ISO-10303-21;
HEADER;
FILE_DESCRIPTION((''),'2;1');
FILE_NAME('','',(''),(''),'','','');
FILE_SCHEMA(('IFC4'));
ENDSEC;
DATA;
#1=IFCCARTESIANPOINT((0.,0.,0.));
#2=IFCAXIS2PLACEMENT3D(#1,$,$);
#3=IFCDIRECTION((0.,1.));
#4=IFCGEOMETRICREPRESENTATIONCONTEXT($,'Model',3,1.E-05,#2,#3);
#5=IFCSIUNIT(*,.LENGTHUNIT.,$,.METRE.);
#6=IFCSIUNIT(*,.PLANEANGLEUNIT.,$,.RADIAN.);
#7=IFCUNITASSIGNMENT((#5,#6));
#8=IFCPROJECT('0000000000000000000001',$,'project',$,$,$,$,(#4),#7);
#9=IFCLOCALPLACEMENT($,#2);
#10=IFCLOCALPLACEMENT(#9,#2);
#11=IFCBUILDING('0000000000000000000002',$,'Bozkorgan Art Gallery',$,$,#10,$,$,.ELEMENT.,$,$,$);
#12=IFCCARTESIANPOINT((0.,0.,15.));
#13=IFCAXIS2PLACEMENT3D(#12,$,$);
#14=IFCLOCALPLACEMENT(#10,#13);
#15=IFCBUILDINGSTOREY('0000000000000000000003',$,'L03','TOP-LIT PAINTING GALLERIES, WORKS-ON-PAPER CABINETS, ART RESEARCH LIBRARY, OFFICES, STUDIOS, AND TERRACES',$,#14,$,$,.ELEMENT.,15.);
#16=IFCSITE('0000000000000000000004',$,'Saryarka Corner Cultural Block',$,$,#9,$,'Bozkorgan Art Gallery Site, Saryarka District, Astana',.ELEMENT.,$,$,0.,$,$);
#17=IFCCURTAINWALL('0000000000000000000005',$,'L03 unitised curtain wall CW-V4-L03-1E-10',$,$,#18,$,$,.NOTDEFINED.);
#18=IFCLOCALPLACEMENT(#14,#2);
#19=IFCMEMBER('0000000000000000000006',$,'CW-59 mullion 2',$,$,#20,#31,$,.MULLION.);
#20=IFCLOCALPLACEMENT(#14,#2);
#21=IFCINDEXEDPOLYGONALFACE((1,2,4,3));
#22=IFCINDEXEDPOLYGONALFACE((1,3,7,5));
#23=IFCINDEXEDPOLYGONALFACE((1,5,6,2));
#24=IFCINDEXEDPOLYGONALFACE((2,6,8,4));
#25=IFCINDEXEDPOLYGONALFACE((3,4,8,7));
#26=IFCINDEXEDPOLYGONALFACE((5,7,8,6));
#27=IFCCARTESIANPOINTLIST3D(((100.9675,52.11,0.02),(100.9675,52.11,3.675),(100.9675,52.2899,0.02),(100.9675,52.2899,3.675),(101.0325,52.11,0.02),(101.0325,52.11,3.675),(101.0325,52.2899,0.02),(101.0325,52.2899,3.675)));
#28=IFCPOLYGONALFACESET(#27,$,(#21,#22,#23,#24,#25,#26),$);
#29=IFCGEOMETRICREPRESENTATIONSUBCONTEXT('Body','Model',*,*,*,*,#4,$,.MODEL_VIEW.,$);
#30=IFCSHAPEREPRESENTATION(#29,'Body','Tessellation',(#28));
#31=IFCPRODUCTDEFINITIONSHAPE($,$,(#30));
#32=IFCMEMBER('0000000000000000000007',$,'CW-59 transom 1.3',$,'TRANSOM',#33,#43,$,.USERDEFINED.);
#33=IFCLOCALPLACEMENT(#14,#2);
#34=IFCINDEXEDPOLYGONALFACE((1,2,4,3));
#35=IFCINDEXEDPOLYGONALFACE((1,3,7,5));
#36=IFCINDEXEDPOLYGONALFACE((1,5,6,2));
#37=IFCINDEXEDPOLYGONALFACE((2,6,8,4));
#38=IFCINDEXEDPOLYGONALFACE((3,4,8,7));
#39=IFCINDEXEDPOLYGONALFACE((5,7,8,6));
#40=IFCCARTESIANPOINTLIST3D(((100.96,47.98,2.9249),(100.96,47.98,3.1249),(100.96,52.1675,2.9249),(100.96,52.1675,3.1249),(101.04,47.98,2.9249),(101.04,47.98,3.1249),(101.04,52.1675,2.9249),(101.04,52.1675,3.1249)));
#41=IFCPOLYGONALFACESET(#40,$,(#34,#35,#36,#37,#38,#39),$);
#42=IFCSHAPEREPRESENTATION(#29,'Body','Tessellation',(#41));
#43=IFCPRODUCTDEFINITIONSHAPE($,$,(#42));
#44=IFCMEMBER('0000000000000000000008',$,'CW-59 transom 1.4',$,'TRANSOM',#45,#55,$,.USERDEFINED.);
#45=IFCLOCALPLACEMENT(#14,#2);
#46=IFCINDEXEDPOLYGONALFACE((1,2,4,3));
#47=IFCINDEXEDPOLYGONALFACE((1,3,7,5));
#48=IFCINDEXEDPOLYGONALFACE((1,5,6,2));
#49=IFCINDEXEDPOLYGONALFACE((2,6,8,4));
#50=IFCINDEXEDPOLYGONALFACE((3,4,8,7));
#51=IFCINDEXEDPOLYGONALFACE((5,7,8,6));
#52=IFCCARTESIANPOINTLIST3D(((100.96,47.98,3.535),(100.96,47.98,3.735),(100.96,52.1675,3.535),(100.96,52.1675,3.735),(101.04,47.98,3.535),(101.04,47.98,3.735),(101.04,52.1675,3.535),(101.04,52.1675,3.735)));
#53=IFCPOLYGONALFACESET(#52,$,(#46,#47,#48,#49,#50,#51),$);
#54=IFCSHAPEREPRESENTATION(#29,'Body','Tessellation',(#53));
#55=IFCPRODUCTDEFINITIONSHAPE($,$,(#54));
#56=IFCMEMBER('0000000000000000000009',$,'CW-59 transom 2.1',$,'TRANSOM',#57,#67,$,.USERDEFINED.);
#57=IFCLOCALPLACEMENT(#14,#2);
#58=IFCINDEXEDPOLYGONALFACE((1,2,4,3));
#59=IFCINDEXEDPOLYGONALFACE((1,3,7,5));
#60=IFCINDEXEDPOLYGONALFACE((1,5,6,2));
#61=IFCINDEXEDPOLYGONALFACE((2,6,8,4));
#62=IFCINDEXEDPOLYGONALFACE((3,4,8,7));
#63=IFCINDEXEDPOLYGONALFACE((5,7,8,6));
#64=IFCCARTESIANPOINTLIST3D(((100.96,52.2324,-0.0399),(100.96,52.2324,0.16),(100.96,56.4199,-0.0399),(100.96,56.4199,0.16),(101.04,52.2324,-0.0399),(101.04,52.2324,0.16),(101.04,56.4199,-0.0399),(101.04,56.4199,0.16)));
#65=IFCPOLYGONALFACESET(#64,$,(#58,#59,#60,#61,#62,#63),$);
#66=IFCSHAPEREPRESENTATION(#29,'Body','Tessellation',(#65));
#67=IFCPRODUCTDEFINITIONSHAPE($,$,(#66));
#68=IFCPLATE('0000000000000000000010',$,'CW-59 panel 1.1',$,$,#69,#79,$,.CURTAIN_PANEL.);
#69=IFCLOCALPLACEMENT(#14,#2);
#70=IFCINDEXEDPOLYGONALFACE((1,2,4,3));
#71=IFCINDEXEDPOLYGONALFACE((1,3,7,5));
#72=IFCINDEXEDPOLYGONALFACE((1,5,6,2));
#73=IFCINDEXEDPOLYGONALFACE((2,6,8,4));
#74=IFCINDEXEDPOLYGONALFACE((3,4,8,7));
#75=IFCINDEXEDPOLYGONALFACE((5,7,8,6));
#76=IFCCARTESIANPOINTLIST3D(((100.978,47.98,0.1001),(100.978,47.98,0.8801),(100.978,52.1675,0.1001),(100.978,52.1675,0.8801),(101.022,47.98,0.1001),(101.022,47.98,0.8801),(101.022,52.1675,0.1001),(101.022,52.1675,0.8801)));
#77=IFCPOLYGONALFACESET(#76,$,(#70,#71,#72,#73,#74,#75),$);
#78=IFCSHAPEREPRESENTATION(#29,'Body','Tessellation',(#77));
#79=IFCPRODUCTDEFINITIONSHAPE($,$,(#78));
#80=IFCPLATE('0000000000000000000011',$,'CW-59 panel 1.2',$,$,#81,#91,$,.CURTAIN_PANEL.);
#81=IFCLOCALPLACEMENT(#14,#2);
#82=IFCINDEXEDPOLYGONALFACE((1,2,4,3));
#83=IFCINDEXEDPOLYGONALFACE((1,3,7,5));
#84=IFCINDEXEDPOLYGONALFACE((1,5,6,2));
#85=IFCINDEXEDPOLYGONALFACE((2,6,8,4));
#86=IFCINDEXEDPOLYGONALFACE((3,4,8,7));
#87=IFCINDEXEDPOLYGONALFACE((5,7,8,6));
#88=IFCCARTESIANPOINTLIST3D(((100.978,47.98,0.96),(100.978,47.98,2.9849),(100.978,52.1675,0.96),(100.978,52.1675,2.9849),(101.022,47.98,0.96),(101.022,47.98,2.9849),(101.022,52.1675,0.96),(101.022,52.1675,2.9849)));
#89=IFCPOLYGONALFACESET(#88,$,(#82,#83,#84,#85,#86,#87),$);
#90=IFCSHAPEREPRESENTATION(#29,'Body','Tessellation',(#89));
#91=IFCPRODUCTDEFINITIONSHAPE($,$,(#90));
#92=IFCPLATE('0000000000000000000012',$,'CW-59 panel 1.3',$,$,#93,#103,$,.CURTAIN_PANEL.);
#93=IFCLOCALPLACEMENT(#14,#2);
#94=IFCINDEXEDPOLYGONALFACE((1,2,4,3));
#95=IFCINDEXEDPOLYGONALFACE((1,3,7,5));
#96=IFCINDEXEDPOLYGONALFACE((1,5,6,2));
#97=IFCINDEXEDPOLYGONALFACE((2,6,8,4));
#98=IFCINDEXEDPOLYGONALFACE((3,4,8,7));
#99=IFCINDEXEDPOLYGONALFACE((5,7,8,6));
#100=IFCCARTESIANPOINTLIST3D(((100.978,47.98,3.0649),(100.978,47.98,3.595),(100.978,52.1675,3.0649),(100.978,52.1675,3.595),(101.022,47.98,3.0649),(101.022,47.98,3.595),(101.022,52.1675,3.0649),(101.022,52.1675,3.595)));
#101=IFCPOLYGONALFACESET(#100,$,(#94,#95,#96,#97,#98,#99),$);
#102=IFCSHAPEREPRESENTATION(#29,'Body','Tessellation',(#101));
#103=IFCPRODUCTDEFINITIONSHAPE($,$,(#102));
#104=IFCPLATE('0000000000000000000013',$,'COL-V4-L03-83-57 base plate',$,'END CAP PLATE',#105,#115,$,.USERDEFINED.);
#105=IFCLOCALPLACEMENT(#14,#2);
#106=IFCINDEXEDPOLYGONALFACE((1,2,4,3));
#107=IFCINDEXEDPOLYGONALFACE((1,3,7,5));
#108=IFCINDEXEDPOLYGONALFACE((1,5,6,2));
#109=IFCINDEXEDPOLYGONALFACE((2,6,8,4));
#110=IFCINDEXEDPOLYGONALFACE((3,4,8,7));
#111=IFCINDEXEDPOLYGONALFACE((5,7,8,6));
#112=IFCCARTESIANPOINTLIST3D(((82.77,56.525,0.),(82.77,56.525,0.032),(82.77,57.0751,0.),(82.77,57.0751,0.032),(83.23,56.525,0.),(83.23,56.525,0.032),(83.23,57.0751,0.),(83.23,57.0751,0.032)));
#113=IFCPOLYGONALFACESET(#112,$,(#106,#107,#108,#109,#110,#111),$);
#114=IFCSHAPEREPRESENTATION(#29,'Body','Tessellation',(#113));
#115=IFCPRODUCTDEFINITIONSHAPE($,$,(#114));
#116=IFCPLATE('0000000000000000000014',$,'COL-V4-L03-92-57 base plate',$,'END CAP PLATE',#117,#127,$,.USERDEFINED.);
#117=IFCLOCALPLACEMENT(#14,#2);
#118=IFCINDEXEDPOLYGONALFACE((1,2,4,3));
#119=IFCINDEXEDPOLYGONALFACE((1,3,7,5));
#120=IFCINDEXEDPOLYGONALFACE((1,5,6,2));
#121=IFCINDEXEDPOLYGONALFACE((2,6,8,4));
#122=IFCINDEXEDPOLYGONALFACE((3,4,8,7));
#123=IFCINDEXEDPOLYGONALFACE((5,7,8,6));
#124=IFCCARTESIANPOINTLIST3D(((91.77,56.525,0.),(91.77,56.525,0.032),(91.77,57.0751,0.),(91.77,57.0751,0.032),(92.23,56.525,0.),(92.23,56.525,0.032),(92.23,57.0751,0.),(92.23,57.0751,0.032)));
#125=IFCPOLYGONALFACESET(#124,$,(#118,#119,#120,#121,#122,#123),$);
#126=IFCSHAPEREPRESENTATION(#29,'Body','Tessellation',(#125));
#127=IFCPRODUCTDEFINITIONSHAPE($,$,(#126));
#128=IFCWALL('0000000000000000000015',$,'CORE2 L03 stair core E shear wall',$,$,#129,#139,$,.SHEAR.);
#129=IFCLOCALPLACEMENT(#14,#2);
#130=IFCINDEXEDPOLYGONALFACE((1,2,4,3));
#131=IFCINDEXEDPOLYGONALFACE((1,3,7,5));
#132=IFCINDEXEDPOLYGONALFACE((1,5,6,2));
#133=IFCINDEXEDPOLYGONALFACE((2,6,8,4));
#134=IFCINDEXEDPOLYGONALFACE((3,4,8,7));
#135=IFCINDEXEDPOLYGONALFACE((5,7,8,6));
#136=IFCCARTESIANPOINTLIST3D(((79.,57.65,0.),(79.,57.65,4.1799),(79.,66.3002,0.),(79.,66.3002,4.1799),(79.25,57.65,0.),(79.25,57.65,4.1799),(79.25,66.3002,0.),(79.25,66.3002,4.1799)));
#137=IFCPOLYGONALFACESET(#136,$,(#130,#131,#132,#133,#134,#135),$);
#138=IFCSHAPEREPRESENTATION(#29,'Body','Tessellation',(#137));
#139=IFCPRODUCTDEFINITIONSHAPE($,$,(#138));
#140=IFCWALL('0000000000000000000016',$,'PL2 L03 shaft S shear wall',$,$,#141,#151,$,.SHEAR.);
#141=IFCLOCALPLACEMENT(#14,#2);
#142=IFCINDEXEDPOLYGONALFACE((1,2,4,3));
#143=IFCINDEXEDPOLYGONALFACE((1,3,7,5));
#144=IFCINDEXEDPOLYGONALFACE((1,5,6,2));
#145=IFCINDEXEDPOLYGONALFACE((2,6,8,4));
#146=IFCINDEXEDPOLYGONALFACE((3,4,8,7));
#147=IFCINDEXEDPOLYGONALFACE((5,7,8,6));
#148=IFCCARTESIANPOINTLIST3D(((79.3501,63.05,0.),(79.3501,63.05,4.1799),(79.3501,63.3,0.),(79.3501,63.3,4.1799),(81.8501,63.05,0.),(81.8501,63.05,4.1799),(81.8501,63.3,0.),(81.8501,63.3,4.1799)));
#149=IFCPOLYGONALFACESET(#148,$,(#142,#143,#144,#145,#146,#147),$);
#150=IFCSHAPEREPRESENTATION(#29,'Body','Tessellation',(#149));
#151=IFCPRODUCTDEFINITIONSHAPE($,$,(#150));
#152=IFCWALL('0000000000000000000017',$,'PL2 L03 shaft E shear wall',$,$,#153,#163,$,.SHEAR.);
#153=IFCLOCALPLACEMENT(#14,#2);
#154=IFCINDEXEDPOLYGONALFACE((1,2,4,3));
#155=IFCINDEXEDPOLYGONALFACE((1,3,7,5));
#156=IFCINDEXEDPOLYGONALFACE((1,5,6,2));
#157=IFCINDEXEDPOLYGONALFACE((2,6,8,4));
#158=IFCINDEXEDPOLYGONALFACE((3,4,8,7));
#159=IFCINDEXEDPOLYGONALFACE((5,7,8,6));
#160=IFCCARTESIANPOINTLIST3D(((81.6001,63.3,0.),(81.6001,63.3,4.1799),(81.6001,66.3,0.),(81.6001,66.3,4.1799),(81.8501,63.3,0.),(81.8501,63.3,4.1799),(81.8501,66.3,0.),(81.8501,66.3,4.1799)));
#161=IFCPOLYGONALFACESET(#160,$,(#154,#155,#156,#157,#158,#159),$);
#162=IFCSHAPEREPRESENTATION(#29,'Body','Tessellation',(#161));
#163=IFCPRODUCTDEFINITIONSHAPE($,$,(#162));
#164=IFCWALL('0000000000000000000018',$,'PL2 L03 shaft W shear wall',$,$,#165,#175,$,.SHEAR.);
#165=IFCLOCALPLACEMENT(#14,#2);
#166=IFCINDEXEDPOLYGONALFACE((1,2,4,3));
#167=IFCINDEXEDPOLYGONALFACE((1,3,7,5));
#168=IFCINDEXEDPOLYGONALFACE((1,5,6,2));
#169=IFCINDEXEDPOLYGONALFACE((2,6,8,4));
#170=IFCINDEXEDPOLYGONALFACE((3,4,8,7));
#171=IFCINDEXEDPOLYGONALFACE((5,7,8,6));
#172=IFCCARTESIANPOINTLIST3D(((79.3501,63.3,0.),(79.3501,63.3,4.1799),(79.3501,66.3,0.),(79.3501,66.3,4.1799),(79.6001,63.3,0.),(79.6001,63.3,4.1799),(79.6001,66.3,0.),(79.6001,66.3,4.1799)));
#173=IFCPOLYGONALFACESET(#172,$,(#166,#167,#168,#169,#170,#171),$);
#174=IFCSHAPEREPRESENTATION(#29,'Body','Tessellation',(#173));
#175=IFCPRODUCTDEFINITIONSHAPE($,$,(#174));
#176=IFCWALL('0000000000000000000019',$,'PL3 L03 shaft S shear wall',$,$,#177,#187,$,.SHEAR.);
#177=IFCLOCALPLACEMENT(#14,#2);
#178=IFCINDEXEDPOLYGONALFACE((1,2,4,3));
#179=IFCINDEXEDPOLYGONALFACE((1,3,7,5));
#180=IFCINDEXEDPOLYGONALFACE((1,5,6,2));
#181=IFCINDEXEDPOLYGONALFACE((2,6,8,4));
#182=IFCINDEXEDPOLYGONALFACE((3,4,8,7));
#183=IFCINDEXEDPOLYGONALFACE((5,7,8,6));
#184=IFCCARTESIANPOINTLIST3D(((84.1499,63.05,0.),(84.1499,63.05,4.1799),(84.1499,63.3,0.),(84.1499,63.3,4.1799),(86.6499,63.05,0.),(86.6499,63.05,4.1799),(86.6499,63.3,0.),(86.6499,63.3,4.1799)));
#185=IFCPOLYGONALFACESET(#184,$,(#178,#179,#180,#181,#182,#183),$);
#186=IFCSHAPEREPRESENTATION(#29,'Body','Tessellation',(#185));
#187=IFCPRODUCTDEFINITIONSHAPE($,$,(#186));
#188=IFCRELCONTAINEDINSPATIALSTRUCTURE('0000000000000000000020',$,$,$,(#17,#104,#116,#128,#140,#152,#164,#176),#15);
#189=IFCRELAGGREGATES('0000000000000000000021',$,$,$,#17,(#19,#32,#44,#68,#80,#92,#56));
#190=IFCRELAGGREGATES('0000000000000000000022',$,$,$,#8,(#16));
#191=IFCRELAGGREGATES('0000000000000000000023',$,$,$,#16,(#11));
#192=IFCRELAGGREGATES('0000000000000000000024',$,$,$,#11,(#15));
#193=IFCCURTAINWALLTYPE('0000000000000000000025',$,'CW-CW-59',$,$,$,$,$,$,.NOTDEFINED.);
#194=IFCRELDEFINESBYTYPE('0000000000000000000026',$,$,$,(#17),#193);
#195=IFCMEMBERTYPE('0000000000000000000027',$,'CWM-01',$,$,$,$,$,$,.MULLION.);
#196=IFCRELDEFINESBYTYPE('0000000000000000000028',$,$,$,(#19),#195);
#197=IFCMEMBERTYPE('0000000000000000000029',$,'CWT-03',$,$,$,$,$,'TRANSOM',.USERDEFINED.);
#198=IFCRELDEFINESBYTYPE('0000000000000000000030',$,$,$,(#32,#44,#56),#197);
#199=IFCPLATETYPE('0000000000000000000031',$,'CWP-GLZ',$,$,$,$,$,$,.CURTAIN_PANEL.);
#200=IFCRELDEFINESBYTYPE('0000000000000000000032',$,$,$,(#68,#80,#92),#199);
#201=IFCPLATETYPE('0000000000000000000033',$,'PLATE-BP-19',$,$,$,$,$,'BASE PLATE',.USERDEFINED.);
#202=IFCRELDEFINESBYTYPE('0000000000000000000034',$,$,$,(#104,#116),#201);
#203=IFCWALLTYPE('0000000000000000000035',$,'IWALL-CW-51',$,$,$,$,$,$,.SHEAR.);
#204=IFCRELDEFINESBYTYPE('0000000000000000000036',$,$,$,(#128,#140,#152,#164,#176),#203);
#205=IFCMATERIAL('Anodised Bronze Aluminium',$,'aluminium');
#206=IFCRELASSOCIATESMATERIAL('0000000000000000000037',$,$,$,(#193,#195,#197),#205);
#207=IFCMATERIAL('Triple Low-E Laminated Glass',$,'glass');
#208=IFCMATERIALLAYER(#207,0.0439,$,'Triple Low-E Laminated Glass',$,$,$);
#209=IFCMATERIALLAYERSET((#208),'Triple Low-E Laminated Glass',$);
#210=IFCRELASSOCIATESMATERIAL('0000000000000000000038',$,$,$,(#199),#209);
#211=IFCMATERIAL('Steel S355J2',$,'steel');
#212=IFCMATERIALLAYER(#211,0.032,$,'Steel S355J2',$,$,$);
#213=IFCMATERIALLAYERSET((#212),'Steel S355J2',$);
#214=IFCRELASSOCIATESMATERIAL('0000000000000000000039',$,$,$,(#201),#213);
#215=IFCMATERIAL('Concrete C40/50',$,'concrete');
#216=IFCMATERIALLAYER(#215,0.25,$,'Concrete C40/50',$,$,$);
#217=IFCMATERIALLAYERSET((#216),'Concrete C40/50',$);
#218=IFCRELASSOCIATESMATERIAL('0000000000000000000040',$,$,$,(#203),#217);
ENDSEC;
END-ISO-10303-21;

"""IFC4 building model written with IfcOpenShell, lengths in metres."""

from ifc_helpers import new_model, si_unit, direction, frame, frame_2d, origin, origin_2d, place, context, subcontext, project, spatial, rectangle, extrude, material, layer, layer_set, material_profile, profile_set, type_object, element, aggregate, save


model = new_model("IFC4")

# Units and contexts
model_context = context("Model", 3, precision=1e-05, world=origin(), true_north=direction((0.0, 1.0)))
body_context = subcontext(model_context, "Body", "Model", "MODEL_VIEW")
ifc_project = project(units=[si_unit("LENGTHUNIT", "METRE"), si_unit("PLANEANGLEUNIT", "RADIAN")], contexts=[model_context])

# Site, building, storey
site_placement = place(None, origin())
site = spatial("IfcSite", under=ifc_project, at=site_placement, Name="Saryarka Corner Cultural Block", LongName="Bozkorgan Art Gallery Site, Saryarka District, Astana", CompositionType="ELEMENT", RefElevation=0.0)
building_placement = place(site_placement, origin())
building = spatial("IfcBuilding", under=site, at=building_placement, Name="Bozkorgan Art Gallery", CompositionType="ELEMENT")
storey_placement = place(building_placement, frame((0.0, 0.0, 15.0)))
storey = spatial("IfcBuildingStorey", under=building, at=storey_placement, Name="L03", Description="TOP-LIT PAINTING GALLERIES, WORKS-ON-PAPER CABINETS, ART RESEARCH LIBRARY, OFFICES, STUDIOS, AND TERRACES", CompositionType="ELEMENT", Elevation=15.0)

# Shared definitions
ifc_material_1 = material(Name="Steel S355J2", Category="steel")

# Curtain wall, members, plates
ifc_material_2 = material(Name="Anodised Bronze Aluminium", Category="aluminium")
curtain_wall_type = type_object("IfcCurtainWallType", Name="CW-CW-59", PredefinedType="NOTDEFINED", material=ifc_material_2)
curtain_wall_placement = place(storey_placement, origin())
curtain_wall = element("IfcCurtainWall", 1, at=curtain_wall_placement, inside=storey, type_object=curtain_wall_type, Name="L03 unitised curtain wall CW-V4-L03-1E-10", PredefinedType="NOTDEFINED")
ifc_material_profile_1 = material_profile(ifc_material_2, rectangle(XDim=0.0649, YDim=0.1799, at=origin_2d()), Name="ALU MULLION 65x180")
ifc_profile_set_1 = profile_set([ifc_material_profile_1], Name="Anodised Bronze Aluminium")
member_type_1 = type_object("IfcMemberType", Name="CWM-01", PredefinedType="MULLION", material=ifc_profile_set_1)
member_1_placement = place(storey_placement, frame((101.0, 52.2, 0.02), z_axis=(0.0, 0.0, 1.0), x_axis=(-1.0, 0.0, 0.0)))
member_1 = element("IfcMember", 2, at=member_1_placement, type_object=member_type_1, Name="CW-59 mullion 2", PredefinedType="MULLION", context=body_context, shape_type="SweptSolid", body=[
    extrude(rectangle(XDim=0.0649, YDim=0.1799, at=origin_2d()), origin(), (0.0, 0.0, 1.0), 3.655),
])
ifc_material_profile_2 = material_profile(ifc_material_2, rectangle(XDim=0.0801, YDim=0.2, at=origin_2d()), Name="ALU TRANSOM 80x200")
ifc_profile_set_2 = profile_set([ifc_material_profile_2], Name="Anodised Bronze Aluminium")
member_type_2 = type_object("IfcMemberType", Name="CWT-03", ElementType="TRANSOM", PredefinedType="USERDEFINED", material=ifc_profile_set_2)
member_2_placement = place(storey_placement, frame((101.0, 47.98, 3.0249), z_axis=(0.0, 1.0, 0.0), x_axis=(-1.0, 0.0, 0.0)))
member_2 = element("IfcMember", 3, at=member_2_placement, type_object=member_type_2, Name="CW-59 transom 1.3", ObjectType="TRANSOM", PredefinedType="USERDEFINED", context=body_context, shape_type="SweptSolid", body=[
    extrude(rectangle(XDim=0.0801, YDim=0.2, at=origin_2d()), origin(), (0.0, 0.0, 1.0), 4.1875),
])
member_3_placement = place(storey_placement, frame((101.0, 47.98, 3.635), z_axis=(0.0, 1.0, 0.0), x_axis=(-1.0, 0.0, 0.0)))
member_3 = element("IfcMember", 4, at=member_3_placement, type_object=member_type_2, Name="CW-59 transom 1.4", ObjectType="TRANSOM", PredefinedType="USERDEFINED", context=body_context, shape_type="SweptSolid", body=[
    extrude(rectangle(XDim=0.0801, YDim=0.2, at=origin_2d()), origin(), (0.0, 0.0, 1.0), 4.1875),
])
member_4_placement = place(storey_placement, frame((101.0, 52.2324, 0.0601), z_axis=(0.0, 1.0, 0.0), x_axis=(-1.0, 0.0, 0.0)))
member_4 = element("IfcMember", 5, at=member_4_placement, type_object=member_type_2, Name="CW-59 transom 2.1", ObjectType="TRANSOM", PredefinedType="USERDEFINED", context=body_context, shape_type="SweptSolid", body=[
    extrude(rectangle(XDim=0.0801, YDim=0.2, at=origin_2d()), origin(), (0.0, 0.0, 1.0), 4.1875),
])
ifc_material_3 = material(Name="Triple Low-E Laminated Glass", Category="glass")
ifc_layer_1 = layer(ifc_material_3, 0.0439, Name="Triple Low-E Laminated Glass")
ifc_layer_set_1 = layer_set([ifc_layer_1], Name="Triple Low-E Laminated Glass")
plate_type_1 = type_object("IfcPlateType", Name="CWP-GLZ", PredefinedType="CURTAIN_PANEL", material=ifc_layer_set_1)
plate_1_placement = place(storey_placement, frame((101.0, 50.0737, 0.1001), z_axis=(0.0, 0.0, 1.0), x_axis=(0.0, 1.0, 0.0)))
plate_1 = element("IfcPlate", 6, at=plate_1_placement, type_object=plate_type_1, Name="CW-59 panel 1.1", PredefinedType="CURTAIN_PANEL", context=body_context, shape_type="SweptSolid", body=[
    extrude(rectangle(XDim=4.1875, YDim=0.0439, at=origin_2d()), origin(), (0.0, 0.0, 1.0), 0.78),
])
plate_2_placement = place(storey_placement, frame((101.0, 50.0737, 0.96), z_axis=(0.0, 0.0, 1.0), x_axis=(0.0, 1.0, 0.0)))
plate_2 = element("IfcPlate", 7, at=plate_2_placement, type_object=plate_type_1, Name="CW-59 panel 1.2", PredefinedType="CURTAIN_PANEL", context=body_context, shape_type="SweptSolid", body=[
    extrude(rectangle(XDim=4.1875, YDim=0.0439, at=origin_2d()), origin(), (0.0, 0.0, 1.0), 2.0249),
])
plate_3_placement = place(storey_placement, frame((101.0, 50.0737, 3.0649), z_axis=(0.0, 0.0, 1.0), x_axis=(0.0, 1.0, 0.0)))
plate_3 = element("IfcPlate", 8, at=plate_3_placement, type_object=plate_type_1, Name="CW-59 panel 1.3", PredefinedType="CURTAIN_PANEL", context=body_context, shape_type="SweptSolid", body=[
    extrude(rectangle(XDim=4.1875, YDim=0.0439, at=origin_2d()), origin(), (0.0, 0.0, 1.0), 0.53),
])
aggregate(curtain_wall, [member_1, member_2, member_3, plate_1, plate_2, plate_3, member_4])

# Plates
ifc_layer_2 = layer(ifc_material_1, 0.032, Name="Steel S355J2")
ifc_layer_set_2 = layer_set([ifc_layer_2], Name="Steel S355J2")
plate_type_2 = type_object("IfcPlateType", Name="PLATE-BP-19", ElementType="BASE PLATE", PredefinedType="USERDEFINED", material=ifc_layer_set_2)
for number, where, z_axis, x_axis, name in (
    (9, (83.0, 56.8, 0.0), (0.0, 0.0, 1.0), (1.0, 0.0, 0.0), "COL-V4-L03-83-57 base plate"),
    (10, (92.0, 56.8, 0.0), (0.0, 0.0, 1.0), (1.0, 0.0, 0.0), "COL-V4-L03-92-57 base plate"),
):
    element("IfcPlate", number, at=place(storey_placement, frame(where, z_axis=z_axis, x_axis=x_axis)), inside=storey, type_object=plate_type_2, Name=name, ObjectType="END CAP PLATE", PredefinedType="USERDEFINED", context=body_context, shape_type="SweptSolid", body=[
        extrude(rectangle(XDim=0.46, YDim=0.55, at=origin_2d()), origin(), (0.0, 0.0, 1.0), 0.032),
    ])

# Walls
ifc_material_4 = material(Name="Concrete C40/50", Category="concrete")
ifc_layer_3 = layer(ifc_material_4, 0.25, Name="Concrete C40/50")
ifc_layer_set_3 = layer_set([ifc_layer_3], Name="Concrete C40/50")
wall_type_1 = type_object("IfcWallType", Name="IWALL-CW-51", PredefinedType="SHEAR", material=ifc_layer_set_3)
wall_1_placement = place(storey_placement, frame((79.125, 57.6499, 0.0), z_axis=(0.0, 0.0, 1.0), x_axis=(0.0, 1.0, 0.0)))
element("IfcWall", 11, at=wall_1_placement, inside=storey, type_object=wall_type_1, Name="CORE2 L03 stair core E shear wall", PredefinedType="SHEAR", context=body_context, shape_type="SweptSolid", body=[
    extrude(rectangle(XDim=8.6501, YDim=0.25, at=frame_2d((4.3252, 0.0))), origin(), (0.0, 0.0, 1.0), 4.1799),
])
wall_2_placement = place(storey_placement, frame((79.3501, 63.175, 0.0), z_axis=(0.0, 0.0, 1.0), x_axis=(1.0, 0.0, 0.0)))
element("IfcWall", 12, at=wall_2_placement, inside=storey, type_object=wall_type_1, Name="PL2 L03 shaft S shear wall", PredefinedType="SHEAR", context=body_context, shape_type="SweptSolid", body=[
    extrude(rectangle(XDim=2.5, YDim=0.25, at=frame_2d((1.25, 0.0))), origin(), (0.0, 0.0, 1.0), 4.1799),
])
for number, where, z_axis, x_axis, name in (
    (13, (81.7251, 63.3, 0.0), (0.0, 0.0, 1.0), (0.0, 1.0, 0.0), "PL2 L03 shaft E shear wall"),
    (14, (79.4751, 63.3, 0.0), (0.0, 0.0, 1.0), (0.0, 1.0, 0.0), "PL2 L03 shaft W shear wall"),
):
    element("IfcWall", number, at=place(storey_placement, frame(where, z_axis=z_axis, x_axis=x_axis)), inside=storey, type_object=wall_type_1, Name=name, PredefinedType="SHEAR", context=body_context, shape_type="SweptSolid", body=[
        extrude(rectangle(XDim=3.0, YDim=0.25, at=frame_2d((1.5, 0.0))), origin(), (0.0, 0.0, 1.0), 4.1799),
    ])
wall_3_placement = place(storey_placement, frame((84.1499, 63.175, 0.0), z_axis=(0.0, 0.0, 1.0), x_axis=(1.0, 0.0, 0.0)))
element("IfcWall", 15, at=wall_3_placement, inside=storey, type_object=wall_type_1, Name="PL3 L03 shaft S shear wall", PredefinedType="SHEAR", context=body_context, shape_type="SweptSolid", body=[
    extrude(rectangle(XDim=2.5, YDim=0.25, at=frame_2d((1.25, 0.0))), origin(), (0.0, 0.0, 1.0), 4.1799),
])

save(model, "model.ifc")
